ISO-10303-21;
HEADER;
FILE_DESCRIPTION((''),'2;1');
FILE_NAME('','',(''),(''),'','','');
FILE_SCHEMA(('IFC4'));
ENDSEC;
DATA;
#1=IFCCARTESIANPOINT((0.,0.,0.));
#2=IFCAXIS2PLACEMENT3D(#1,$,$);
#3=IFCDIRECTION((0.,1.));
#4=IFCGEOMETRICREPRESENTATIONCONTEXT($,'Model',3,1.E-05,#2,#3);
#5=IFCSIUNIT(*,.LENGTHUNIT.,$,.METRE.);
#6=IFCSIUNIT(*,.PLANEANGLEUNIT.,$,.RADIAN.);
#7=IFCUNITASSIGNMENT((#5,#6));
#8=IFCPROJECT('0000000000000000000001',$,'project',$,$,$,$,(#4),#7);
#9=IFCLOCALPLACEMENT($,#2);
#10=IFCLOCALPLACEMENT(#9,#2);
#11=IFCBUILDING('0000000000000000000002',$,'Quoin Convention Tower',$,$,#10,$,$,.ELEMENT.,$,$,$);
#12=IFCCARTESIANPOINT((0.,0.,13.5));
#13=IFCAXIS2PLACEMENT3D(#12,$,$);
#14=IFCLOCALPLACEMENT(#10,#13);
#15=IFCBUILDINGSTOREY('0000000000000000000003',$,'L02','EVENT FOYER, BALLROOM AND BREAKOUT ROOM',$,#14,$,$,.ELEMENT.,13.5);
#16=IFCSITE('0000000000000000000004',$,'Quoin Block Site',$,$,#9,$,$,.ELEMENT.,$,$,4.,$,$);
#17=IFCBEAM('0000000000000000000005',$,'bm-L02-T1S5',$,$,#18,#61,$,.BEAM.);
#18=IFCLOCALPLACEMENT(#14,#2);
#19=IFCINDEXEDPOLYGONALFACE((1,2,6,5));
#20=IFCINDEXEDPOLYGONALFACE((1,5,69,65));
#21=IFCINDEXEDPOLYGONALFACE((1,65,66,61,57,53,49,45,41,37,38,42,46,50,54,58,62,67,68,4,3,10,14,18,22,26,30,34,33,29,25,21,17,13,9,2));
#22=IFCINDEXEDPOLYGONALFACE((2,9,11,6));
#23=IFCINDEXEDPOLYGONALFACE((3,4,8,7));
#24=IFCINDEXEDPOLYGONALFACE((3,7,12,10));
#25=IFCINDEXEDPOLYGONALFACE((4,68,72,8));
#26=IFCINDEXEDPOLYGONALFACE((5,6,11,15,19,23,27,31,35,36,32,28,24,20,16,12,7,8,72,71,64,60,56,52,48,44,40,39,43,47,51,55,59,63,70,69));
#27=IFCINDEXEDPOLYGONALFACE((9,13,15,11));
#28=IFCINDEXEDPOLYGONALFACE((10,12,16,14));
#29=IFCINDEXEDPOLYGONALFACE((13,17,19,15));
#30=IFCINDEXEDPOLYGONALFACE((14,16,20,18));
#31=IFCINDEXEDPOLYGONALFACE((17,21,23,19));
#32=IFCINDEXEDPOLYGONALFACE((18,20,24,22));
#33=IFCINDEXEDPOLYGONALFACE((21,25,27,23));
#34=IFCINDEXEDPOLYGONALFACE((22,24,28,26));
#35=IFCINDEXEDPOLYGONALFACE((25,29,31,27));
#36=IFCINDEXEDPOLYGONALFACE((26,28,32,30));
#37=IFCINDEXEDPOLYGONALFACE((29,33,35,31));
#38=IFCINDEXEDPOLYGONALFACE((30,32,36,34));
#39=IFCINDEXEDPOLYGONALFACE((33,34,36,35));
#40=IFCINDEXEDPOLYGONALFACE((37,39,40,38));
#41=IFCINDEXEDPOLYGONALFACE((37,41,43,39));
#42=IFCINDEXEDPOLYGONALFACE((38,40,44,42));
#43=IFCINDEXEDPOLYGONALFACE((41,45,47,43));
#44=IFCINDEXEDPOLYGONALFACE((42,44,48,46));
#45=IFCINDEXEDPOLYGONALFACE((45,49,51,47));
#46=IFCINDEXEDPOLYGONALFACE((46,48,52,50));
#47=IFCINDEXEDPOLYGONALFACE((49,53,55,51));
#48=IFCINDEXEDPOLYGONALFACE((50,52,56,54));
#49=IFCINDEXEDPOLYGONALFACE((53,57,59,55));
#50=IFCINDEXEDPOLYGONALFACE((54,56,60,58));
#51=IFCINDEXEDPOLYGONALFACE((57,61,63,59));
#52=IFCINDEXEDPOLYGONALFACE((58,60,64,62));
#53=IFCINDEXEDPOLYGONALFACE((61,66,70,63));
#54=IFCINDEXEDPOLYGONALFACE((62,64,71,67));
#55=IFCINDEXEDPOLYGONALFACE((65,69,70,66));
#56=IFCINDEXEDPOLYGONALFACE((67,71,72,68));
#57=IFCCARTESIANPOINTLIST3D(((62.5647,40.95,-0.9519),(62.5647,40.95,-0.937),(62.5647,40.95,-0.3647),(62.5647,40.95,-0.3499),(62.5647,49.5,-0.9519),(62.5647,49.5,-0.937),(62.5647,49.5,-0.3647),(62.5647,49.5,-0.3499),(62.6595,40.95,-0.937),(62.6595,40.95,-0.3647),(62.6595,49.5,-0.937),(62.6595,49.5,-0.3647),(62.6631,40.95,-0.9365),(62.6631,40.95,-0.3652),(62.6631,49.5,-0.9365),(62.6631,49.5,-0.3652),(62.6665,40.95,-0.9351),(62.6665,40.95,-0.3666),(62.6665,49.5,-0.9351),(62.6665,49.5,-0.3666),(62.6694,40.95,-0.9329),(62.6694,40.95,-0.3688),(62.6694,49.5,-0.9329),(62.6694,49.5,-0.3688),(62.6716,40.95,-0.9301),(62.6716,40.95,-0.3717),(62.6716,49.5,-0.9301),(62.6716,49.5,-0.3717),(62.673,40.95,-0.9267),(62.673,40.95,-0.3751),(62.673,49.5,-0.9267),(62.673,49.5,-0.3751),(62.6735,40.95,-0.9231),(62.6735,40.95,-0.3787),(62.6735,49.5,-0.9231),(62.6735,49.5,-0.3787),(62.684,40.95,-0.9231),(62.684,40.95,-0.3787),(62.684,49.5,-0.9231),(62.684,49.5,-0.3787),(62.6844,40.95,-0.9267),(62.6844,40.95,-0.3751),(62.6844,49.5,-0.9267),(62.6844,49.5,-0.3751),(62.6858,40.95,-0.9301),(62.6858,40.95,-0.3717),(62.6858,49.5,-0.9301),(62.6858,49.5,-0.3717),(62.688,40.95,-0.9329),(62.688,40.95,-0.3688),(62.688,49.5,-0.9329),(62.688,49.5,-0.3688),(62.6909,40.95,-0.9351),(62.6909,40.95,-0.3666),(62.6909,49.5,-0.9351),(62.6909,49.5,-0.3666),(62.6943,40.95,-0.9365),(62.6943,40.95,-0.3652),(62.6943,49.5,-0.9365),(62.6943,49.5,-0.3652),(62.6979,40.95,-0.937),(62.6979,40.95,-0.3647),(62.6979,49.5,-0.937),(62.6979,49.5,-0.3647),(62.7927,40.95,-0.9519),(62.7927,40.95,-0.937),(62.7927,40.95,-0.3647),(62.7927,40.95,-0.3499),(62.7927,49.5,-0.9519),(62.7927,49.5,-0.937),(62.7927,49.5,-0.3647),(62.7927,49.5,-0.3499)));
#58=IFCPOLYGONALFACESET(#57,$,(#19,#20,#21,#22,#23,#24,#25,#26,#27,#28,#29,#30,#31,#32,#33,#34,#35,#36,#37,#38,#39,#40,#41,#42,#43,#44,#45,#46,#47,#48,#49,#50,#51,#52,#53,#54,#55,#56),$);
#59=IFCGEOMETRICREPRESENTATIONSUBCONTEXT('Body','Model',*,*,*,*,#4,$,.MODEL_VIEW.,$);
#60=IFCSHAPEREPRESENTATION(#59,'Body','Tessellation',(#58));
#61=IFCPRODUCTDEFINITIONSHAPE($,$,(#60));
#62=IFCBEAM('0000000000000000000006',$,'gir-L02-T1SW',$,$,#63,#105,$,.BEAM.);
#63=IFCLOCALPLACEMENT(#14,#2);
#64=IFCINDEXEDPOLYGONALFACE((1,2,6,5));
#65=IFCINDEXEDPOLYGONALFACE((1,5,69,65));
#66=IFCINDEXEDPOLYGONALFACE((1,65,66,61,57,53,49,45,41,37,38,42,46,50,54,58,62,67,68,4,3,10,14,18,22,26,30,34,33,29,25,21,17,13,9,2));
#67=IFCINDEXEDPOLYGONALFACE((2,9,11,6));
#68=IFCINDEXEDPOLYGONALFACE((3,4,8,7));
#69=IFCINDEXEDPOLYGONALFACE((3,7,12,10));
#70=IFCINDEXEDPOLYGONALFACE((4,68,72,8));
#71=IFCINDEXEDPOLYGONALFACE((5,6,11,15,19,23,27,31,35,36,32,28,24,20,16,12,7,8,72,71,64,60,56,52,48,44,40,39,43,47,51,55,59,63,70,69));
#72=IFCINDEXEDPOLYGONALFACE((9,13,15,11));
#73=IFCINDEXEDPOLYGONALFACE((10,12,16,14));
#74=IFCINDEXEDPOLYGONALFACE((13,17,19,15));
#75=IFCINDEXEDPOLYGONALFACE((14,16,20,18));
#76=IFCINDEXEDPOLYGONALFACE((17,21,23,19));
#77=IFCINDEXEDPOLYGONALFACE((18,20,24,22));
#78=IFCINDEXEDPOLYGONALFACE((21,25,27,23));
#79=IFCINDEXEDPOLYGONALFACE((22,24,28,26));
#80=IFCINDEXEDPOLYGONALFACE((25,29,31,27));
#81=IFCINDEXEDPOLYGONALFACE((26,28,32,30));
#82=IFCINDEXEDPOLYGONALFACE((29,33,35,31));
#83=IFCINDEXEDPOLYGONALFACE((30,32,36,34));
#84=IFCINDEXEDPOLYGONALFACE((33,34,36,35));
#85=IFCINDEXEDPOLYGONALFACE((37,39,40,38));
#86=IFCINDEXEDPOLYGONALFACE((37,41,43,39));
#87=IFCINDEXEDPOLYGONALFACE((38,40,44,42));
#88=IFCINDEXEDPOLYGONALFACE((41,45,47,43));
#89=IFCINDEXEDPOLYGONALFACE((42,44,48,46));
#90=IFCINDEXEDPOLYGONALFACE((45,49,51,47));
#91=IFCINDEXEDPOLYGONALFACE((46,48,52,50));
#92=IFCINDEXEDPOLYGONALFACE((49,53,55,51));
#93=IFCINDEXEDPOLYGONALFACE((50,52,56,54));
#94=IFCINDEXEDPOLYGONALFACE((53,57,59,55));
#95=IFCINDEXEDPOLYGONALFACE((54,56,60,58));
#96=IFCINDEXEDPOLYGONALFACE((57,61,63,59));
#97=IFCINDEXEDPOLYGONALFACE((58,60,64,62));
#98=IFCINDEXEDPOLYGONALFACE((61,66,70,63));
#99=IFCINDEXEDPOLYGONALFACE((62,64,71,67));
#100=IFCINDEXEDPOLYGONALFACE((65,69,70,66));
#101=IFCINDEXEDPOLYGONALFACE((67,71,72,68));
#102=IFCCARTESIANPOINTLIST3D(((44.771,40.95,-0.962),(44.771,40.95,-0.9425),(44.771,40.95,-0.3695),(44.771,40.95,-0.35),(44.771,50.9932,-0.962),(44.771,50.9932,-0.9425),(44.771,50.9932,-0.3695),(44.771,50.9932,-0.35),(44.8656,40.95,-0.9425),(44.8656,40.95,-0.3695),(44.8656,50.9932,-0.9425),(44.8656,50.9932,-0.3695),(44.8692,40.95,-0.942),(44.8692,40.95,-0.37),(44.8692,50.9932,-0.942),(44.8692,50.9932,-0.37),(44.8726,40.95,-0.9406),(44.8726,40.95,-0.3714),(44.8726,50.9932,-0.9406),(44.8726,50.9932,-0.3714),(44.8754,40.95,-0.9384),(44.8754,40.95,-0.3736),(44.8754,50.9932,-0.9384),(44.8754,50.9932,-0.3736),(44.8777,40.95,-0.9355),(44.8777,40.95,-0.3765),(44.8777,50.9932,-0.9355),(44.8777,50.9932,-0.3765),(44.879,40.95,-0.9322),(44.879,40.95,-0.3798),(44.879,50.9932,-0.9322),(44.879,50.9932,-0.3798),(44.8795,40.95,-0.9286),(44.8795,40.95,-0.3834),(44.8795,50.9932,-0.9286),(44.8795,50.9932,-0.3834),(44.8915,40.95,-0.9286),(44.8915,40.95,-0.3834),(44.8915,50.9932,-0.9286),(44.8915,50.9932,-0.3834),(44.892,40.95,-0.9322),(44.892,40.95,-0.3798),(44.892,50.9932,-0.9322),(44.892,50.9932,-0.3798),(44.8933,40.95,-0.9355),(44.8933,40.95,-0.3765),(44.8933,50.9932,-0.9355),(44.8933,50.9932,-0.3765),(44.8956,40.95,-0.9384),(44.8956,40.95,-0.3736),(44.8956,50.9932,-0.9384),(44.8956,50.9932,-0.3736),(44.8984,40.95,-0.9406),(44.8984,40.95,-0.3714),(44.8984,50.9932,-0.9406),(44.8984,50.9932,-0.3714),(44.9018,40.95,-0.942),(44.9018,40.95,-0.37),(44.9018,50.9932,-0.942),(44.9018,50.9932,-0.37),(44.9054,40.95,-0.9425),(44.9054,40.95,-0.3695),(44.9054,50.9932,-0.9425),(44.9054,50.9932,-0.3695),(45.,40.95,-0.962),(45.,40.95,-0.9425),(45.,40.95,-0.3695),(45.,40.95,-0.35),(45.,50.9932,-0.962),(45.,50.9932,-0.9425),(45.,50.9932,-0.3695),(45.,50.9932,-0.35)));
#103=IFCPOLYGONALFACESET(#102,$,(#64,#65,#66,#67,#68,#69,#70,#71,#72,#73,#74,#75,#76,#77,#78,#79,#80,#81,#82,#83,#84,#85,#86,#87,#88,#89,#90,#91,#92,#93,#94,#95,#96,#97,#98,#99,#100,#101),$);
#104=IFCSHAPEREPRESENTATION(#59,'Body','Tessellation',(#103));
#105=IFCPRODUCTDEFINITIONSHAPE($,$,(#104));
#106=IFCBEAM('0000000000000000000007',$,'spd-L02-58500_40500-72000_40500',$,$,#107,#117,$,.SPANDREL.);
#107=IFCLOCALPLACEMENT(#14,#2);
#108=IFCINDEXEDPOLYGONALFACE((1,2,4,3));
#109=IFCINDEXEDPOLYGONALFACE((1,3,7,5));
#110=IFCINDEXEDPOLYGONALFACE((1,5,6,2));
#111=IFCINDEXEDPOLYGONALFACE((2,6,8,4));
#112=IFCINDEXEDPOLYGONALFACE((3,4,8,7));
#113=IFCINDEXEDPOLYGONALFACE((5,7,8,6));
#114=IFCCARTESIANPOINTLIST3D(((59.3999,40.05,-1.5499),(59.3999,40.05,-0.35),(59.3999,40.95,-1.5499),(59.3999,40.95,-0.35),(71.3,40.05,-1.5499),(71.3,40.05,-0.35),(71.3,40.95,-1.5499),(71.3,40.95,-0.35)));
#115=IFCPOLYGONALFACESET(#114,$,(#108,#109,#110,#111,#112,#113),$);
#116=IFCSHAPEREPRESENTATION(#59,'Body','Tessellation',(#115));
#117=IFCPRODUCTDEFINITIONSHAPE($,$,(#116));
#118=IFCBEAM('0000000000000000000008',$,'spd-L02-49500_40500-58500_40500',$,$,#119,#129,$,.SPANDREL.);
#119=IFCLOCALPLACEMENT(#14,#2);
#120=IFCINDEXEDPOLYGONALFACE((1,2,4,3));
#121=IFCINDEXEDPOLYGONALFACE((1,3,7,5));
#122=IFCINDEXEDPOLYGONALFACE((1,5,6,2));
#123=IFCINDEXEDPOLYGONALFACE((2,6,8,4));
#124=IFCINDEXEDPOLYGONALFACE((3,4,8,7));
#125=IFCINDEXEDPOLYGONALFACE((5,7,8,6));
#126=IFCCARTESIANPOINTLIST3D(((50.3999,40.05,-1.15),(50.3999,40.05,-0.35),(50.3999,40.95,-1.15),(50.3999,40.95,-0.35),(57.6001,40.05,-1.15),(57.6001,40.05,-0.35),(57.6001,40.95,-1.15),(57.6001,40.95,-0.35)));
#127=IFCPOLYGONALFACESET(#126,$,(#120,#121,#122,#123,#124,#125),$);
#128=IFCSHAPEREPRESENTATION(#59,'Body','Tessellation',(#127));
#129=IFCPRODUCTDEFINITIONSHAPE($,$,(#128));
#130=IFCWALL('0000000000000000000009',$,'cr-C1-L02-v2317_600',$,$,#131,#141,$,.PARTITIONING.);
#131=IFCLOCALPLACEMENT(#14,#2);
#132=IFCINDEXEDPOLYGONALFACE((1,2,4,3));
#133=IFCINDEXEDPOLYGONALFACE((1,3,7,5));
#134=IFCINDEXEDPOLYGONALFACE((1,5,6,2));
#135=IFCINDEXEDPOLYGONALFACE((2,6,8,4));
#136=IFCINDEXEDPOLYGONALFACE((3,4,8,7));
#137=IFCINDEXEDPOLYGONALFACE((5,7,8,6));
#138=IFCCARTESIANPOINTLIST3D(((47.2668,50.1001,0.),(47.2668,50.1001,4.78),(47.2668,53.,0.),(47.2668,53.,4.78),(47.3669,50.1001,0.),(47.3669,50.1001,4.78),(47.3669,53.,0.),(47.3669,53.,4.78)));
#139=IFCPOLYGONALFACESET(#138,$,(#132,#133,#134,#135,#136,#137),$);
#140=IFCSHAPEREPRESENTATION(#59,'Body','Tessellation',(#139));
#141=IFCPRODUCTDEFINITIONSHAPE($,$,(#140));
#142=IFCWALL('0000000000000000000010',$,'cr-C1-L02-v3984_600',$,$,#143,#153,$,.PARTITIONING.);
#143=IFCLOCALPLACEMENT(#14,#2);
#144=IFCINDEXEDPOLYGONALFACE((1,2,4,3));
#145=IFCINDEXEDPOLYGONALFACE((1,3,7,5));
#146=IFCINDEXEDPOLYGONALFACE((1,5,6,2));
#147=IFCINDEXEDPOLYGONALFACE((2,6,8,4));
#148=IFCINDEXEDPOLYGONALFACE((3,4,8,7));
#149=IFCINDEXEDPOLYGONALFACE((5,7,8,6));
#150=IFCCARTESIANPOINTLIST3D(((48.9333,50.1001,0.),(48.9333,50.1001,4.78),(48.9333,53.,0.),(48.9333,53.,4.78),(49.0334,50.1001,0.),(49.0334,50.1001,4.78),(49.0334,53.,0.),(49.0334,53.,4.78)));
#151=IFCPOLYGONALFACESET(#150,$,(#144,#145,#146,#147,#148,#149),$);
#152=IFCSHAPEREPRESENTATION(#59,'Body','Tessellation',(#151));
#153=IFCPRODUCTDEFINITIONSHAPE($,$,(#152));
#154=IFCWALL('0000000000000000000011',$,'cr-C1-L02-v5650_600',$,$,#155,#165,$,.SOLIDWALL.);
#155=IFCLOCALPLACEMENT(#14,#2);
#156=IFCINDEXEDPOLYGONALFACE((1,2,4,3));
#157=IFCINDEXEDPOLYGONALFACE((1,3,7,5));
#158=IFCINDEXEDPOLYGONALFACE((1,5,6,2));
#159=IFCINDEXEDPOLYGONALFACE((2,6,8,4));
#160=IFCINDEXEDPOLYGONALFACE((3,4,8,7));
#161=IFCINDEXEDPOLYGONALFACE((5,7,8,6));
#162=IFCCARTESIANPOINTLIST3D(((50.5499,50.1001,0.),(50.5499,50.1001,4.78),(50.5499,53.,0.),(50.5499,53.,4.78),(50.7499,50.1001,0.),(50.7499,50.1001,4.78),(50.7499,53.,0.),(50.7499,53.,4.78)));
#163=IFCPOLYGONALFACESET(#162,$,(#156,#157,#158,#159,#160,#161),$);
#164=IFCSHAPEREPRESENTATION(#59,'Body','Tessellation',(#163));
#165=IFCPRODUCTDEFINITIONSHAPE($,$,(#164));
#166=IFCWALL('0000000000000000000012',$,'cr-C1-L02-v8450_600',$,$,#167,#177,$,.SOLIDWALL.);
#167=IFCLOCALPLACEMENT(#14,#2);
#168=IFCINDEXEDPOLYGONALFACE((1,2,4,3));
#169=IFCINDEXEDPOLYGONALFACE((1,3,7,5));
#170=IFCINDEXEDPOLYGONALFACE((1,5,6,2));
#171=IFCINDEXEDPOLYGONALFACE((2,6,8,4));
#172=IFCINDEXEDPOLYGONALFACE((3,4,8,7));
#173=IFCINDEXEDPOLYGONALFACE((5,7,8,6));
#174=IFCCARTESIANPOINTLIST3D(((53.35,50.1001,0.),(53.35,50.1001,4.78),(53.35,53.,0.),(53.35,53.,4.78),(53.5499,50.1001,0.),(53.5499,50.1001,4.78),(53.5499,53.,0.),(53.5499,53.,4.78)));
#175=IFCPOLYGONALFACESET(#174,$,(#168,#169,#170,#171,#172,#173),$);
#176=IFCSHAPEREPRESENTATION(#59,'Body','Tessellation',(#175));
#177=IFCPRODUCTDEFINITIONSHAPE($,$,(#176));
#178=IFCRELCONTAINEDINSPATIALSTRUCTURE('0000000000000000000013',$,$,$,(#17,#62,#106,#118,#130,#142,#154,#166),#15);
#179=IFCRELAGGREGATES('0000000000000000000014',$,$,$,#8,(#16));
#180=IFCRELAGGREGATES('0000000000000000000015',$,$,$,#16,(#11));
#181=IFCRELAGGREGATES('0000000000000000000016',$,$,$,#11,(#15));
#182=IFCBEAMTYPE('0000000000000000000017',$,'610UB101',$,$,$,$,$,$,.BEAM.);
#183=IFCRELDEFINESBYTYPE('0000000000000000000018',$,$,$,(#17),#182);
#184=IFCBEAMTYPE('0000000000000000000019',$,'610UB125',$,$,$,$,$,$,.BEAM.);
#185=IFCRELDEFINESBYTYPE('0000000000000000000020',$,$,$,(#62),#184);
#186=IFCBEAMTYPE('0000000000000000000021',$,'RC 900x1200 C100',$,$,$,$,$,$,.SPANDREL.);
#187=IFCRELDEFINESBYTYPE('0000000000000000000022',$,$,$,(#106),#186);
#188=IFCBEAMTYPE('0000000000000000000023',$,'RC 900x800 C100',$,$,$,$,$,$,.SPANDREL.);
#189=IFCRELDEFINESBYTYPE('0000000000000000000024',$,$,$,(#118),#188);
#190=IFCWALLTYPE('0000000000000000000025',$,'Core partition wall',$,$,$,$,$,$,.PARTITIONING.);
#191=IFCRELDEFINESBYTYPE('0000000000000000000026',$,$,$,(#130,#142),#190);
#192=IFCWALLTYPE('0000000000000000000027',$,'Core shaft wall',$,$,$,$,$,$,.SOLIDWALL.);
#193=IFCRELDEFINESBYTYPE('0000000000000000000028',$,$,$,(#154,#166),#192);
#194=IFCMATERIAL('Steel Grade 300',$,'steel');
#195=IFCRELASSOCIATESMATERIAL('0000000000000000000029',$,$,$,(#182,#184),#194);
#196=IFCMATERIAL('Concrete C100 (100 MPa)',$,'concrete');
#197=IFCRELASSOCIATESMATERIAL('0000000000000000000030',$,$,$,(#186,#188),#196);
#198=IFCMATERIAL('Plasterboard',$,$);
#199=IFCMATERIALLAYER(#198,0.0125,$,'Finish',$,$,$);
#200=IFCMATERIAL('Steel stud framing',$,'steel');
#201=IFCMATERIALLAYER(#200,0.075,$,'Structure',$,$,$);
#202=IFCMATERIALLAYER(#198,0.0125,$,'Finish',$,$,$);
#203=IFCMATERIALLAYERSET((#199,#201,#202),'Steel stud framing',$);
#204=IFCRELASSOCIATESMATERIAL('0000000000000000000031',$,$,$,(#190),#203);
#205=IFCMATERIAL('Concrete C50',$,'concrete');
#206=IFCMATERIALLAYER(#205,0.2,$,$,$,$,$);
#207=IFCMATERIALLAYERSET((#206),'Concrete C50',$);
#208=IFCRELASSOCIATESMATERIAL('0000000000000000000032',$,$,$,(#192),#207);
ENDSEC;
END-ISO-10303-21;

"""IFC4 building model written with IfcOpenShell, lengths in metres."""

from ifc_helpers import new_model, si_unit, direction, frame, frame_2d, origin, origin_2d, place, context, subcontext, project, spatial, rectangle, i_section, extrude, material, layer, layer_set, material_profile, profile_set, type_object, element, save


model = new_model("IFC4")

# Units and contexts
model_context = context("Model", 3, precision=1e-05, world=origin(), true_north=direction((0.0, 1.0)))
body_context = subcontext(model_context, "Body", "Model", "MODEL_VIEW")
ifc_project = project(units=[si_unit("LENGTHUNIT", "METRE"), si_unit("PLANEANGLEUNIT", "RADIAN")], contexts=[model_context])

# Site, building, storey
site_placement = place(None, origin())
site = spatial("IfcSite", under=ifc_project, at=site_placement, Name="Quoin Block Site", CompositionType="ELEMENT", RefElevation=4.0)
building_placement = place(site_placement, origin())
building = spatial("IfcBuilding", under=site, at=building_placement, Name="Quoin Convention Tower", CompositionType="ELEMENT")
storey_placement = place(building_placement, frame((0.0, 0.0, 13.5)))
storey = spatial("IfcBuildingStorey", under=building, at=storey_placement, Name="L02", Description="EVENT FOYER, BALLROOM AND BREAKOUT ROOM", CompositionType="ELEMENT", Elevation=13.5)

# Shared definitions
ifc_material_1 = material(Name="Concrete C100 (100 MPa)", Category="concrete")

# Beams
ifc_material_2 = material(Name="Steel Grade 300", Category="steel")
ifc_material_profile_1 = material_profile(ifc_material_2, i_section(OverallWidth=0.228, OverallDepth=0.6021, WebThickness=0.0105, FlangeThickness=0.0149, FilletRadius=0.0139, at=origin_2d()), Name="610UB101")
ifc_profile_set_1 = profile_set([ifc_material_profile_1], Name="Steel Grade 300")
beam_type_1 = type_object("IfcBeamType", Name="610UB101", PredefinedType="BEAM", material=ifc_profile_set_1)
for number, where, z_axis, x_axis, name in (
    (1, (62.6787, 40.95, -0.6509), (0.0, 1.0, 0.0), (-1.0, 0.0, 0.0), "bm-L02-T1S5"),
):
    element("IfcBeam", number, at=place(storey_placement, frame(where, z_axis=z_axis, x_axis=x_axis)), inside=storey, type_object=beam_type_1, Name=name, PredefinedType="BEAM", context=body_context, shape_type="SweptSolid", body=[
        extrude(i_section(OverallWidth=0.228, OverallDepth=0.6021, WebThickness=0.0105, FlangeThickness=0.0149, FilletRadius=0.0139, at=origin_2d()), origin(), (0.0, 0.0, 1.0), 8.55),
    ])
ifc_material_profile_2 = material_profile(ifc_material_2, i_section(OverallWidth=0.229, OverallDepth=0.6121, WebThickness=0.012, FlangeThickness=0.0195, FilletRadius=0.0139, at=origin_2d()), Name="610UB125")
ifc_profile_set_2 = profile_set([ifc_material_profile_2], Name="Steel Grade 300")
beam_type_2 = type_object("IfcBeamType", Name="610UB125", PredefinedType="BEAM", material=ifc_profile_set_2)
beam_1_placement = place(storey_placement, frame((44.8855, 40.95, -0.656), z_axis=(0.0, 1.0, 0.0), x_axis=(-1.0, 0.0, 0.0)))
element("IfcBeam", 2, at=beam_1_placement, inside=storey, type_object=beam_type_2, Name="gir-L02-T1SW", PredefinedType="BEAM", context=body_context, shape_type="SweptSolid", body=[
    extrude(i_section(OverallWidth=0.229, OverallDepth=0.6121, WebThickness=0.012, FlangeThickness=0.0195, FilletRadius=0.0139, at=origin_2d()), origin(), (0.0, 0.0, 1.0), 10.0432),
])
ifc_material_profile_3 = material_profile(ifc_material_1, rectangle(XDim=0.8999, YDim=1.2, at=origin_2d()), Name="RC 900x1200")
ifc_profile_set_3 = profile_set([ifc_material_profile_3], Name="Concrete C100 (100 MPa)")
beam_type_3 = type_object("IfcBeamType", Name="RC 900x1200 C100", PredefinedType="SPANDREL", material=ifc_profile_set_3)
beam_2_placement = place(storey_placement, frame((59.3999, 40.5, -0.95), z_axis=(1.0, 0.0, 0.0), x_axis=(0.0, 1.0, 0.0)))
element("IfcBeam", 3, at=beam_2_placement, inside=storey, type_object=beam_type_3, Name="spd-L02-58500_40500-72000_40500", PredefinedType="SPANDREL", context=body_context, shape_type="SweptSolid", body=[
    extrude(rectangle(XDim=0.8999, YDim=1.2, at=origin_2d()), origin(), (0.0, 0.0, 1.0), 11.9001),
])
ifc_material_profile_4 = material_profile(ifc_material_1, rectangle(XDim=0.8999, YDim=0.8, at=origin_2d()), Name="RC 900x800")
ifc_profile_set_4 = profile_set([ifc_material_profile_4], Name="Concrete C100 (100 MPa)")
beam_type_4 = type_object("IfcBeamType", Name="RC 900x800 C100", PredefinedType="SPANDREL", material=ifc_profile_set_4)
beam_3_placement = place(storey_placement, frame((50.3999, 40.5, -0.75), z_axis=(1.0, 0.0, 0.0), x_axis=(0.0, 1.0, 0.0)))
element("IfcBeam", 4, at=beam_3_placement, inside=storey, type_object=beam_type_4, Name="spd-L02-49500_40500-58500_40500", PredefinedType="SPANDREL", context=body_context, shape_type="SweptSolid", body=[
    extrude(rectangle(XDim=0.8999, YDim=0.8, at=origin_2d()), origin(), (0.0, 0.0, 1.0), 7.2002),
])

# Walls
ifc_material_3 = material(Name="Plasterboard")
ifc_layer_1 = layer(ifc_material_3, 0.0125, Name="Finish")
ifc_material_4 = material(Name="Steel stud framing", Category="steel")
ifc_layer_2 = layer(ifc_material_4, 0.075, Name="Structure")
ifc_layer_3 = layer(ifc_material_3, 0.0125, Name="Finish")
ifc_layer_set_1 = layer_set([ifc_layer_1, ifc_layer_2, ifc_layer_3], Name="Steel stud framing")
wall_type_1 = type_object("IfcWallType", Name="Core partition wall", PredefinedType="PARTITIONING", material=ifc_layer_set_1)
for number, where, z_axis, x_axis, name in (
    (5, (47.3169, 50.1001, 0.0), (0.0, 0.0, 1.0), (0.0, 1.0, 0.0), "cr-C1-L02-v2317_600"),
    (6, (48.9834, 50.1001, 0.0), (0.0, 0.0, 1.0), (0.0, 1.0, 0.0), "cr-C1-L02-v3984_600"),
):
    element("IfcWall", number, at=place(storey_placement, frame(where, z_axis=z_axis, x_axis=x_axis)), inside=storey, type_object=wall_type_1, Name=name, PredefinedType="PARTITIONING", context=body_context, shape_type="SweptSolid", body=[
        extrude(rectangle(XDim=2.8999, YDim=0.1001, at=frame_2d((1.45, 0.0))), origin(), (0.0, 0.0, 1.0), 4.78),
    ])
ifc_material_5 = material(Name="Concrete C50", Category="concrete")
ifc_layer_4 = layer(ifc_material_5, 0.2)
ifc_layer_set_2 = layer_set([ifc_layer_4], Name="Concrete C50")
wall_type_2 = type_object("IfcWallType", Name="Core shaft wall", PredefinedType="SOLIDWALL", material=ifc_layer_set_2)
for number, where, z_axis, x_axis, name in (
    (7, (50.6499, 50.1001, 0.0), (0.0, 0.0, 1.0), (0.0, 1.0, 0.0), "cr-C1-L02-v5650_600"),
    (8, (53.45, 50.1001, 0.0), (0.0, 0.0, 1.0), (0.0, 1.0, 0.0), "cr-C1-L02-v8450_600"),
):
    element("IfcWall", number, at=place(storey_placement, frame(where, z_axis=z_axis, x_axis=x_axis)), inside=storey, type_object=wall_type_2, Name=name, PredefinedType="SOLIDWALL", context=body_context, shape_type="SweptSolid", body=[
        extrude(rectangle(XDim=2.8999, YDim=0.2, at=frame_2d((1.45, 0.0))), origin(), (0.0, 0.0, 1.0), 4.78),
    ])

save(model, "model.ifc")
